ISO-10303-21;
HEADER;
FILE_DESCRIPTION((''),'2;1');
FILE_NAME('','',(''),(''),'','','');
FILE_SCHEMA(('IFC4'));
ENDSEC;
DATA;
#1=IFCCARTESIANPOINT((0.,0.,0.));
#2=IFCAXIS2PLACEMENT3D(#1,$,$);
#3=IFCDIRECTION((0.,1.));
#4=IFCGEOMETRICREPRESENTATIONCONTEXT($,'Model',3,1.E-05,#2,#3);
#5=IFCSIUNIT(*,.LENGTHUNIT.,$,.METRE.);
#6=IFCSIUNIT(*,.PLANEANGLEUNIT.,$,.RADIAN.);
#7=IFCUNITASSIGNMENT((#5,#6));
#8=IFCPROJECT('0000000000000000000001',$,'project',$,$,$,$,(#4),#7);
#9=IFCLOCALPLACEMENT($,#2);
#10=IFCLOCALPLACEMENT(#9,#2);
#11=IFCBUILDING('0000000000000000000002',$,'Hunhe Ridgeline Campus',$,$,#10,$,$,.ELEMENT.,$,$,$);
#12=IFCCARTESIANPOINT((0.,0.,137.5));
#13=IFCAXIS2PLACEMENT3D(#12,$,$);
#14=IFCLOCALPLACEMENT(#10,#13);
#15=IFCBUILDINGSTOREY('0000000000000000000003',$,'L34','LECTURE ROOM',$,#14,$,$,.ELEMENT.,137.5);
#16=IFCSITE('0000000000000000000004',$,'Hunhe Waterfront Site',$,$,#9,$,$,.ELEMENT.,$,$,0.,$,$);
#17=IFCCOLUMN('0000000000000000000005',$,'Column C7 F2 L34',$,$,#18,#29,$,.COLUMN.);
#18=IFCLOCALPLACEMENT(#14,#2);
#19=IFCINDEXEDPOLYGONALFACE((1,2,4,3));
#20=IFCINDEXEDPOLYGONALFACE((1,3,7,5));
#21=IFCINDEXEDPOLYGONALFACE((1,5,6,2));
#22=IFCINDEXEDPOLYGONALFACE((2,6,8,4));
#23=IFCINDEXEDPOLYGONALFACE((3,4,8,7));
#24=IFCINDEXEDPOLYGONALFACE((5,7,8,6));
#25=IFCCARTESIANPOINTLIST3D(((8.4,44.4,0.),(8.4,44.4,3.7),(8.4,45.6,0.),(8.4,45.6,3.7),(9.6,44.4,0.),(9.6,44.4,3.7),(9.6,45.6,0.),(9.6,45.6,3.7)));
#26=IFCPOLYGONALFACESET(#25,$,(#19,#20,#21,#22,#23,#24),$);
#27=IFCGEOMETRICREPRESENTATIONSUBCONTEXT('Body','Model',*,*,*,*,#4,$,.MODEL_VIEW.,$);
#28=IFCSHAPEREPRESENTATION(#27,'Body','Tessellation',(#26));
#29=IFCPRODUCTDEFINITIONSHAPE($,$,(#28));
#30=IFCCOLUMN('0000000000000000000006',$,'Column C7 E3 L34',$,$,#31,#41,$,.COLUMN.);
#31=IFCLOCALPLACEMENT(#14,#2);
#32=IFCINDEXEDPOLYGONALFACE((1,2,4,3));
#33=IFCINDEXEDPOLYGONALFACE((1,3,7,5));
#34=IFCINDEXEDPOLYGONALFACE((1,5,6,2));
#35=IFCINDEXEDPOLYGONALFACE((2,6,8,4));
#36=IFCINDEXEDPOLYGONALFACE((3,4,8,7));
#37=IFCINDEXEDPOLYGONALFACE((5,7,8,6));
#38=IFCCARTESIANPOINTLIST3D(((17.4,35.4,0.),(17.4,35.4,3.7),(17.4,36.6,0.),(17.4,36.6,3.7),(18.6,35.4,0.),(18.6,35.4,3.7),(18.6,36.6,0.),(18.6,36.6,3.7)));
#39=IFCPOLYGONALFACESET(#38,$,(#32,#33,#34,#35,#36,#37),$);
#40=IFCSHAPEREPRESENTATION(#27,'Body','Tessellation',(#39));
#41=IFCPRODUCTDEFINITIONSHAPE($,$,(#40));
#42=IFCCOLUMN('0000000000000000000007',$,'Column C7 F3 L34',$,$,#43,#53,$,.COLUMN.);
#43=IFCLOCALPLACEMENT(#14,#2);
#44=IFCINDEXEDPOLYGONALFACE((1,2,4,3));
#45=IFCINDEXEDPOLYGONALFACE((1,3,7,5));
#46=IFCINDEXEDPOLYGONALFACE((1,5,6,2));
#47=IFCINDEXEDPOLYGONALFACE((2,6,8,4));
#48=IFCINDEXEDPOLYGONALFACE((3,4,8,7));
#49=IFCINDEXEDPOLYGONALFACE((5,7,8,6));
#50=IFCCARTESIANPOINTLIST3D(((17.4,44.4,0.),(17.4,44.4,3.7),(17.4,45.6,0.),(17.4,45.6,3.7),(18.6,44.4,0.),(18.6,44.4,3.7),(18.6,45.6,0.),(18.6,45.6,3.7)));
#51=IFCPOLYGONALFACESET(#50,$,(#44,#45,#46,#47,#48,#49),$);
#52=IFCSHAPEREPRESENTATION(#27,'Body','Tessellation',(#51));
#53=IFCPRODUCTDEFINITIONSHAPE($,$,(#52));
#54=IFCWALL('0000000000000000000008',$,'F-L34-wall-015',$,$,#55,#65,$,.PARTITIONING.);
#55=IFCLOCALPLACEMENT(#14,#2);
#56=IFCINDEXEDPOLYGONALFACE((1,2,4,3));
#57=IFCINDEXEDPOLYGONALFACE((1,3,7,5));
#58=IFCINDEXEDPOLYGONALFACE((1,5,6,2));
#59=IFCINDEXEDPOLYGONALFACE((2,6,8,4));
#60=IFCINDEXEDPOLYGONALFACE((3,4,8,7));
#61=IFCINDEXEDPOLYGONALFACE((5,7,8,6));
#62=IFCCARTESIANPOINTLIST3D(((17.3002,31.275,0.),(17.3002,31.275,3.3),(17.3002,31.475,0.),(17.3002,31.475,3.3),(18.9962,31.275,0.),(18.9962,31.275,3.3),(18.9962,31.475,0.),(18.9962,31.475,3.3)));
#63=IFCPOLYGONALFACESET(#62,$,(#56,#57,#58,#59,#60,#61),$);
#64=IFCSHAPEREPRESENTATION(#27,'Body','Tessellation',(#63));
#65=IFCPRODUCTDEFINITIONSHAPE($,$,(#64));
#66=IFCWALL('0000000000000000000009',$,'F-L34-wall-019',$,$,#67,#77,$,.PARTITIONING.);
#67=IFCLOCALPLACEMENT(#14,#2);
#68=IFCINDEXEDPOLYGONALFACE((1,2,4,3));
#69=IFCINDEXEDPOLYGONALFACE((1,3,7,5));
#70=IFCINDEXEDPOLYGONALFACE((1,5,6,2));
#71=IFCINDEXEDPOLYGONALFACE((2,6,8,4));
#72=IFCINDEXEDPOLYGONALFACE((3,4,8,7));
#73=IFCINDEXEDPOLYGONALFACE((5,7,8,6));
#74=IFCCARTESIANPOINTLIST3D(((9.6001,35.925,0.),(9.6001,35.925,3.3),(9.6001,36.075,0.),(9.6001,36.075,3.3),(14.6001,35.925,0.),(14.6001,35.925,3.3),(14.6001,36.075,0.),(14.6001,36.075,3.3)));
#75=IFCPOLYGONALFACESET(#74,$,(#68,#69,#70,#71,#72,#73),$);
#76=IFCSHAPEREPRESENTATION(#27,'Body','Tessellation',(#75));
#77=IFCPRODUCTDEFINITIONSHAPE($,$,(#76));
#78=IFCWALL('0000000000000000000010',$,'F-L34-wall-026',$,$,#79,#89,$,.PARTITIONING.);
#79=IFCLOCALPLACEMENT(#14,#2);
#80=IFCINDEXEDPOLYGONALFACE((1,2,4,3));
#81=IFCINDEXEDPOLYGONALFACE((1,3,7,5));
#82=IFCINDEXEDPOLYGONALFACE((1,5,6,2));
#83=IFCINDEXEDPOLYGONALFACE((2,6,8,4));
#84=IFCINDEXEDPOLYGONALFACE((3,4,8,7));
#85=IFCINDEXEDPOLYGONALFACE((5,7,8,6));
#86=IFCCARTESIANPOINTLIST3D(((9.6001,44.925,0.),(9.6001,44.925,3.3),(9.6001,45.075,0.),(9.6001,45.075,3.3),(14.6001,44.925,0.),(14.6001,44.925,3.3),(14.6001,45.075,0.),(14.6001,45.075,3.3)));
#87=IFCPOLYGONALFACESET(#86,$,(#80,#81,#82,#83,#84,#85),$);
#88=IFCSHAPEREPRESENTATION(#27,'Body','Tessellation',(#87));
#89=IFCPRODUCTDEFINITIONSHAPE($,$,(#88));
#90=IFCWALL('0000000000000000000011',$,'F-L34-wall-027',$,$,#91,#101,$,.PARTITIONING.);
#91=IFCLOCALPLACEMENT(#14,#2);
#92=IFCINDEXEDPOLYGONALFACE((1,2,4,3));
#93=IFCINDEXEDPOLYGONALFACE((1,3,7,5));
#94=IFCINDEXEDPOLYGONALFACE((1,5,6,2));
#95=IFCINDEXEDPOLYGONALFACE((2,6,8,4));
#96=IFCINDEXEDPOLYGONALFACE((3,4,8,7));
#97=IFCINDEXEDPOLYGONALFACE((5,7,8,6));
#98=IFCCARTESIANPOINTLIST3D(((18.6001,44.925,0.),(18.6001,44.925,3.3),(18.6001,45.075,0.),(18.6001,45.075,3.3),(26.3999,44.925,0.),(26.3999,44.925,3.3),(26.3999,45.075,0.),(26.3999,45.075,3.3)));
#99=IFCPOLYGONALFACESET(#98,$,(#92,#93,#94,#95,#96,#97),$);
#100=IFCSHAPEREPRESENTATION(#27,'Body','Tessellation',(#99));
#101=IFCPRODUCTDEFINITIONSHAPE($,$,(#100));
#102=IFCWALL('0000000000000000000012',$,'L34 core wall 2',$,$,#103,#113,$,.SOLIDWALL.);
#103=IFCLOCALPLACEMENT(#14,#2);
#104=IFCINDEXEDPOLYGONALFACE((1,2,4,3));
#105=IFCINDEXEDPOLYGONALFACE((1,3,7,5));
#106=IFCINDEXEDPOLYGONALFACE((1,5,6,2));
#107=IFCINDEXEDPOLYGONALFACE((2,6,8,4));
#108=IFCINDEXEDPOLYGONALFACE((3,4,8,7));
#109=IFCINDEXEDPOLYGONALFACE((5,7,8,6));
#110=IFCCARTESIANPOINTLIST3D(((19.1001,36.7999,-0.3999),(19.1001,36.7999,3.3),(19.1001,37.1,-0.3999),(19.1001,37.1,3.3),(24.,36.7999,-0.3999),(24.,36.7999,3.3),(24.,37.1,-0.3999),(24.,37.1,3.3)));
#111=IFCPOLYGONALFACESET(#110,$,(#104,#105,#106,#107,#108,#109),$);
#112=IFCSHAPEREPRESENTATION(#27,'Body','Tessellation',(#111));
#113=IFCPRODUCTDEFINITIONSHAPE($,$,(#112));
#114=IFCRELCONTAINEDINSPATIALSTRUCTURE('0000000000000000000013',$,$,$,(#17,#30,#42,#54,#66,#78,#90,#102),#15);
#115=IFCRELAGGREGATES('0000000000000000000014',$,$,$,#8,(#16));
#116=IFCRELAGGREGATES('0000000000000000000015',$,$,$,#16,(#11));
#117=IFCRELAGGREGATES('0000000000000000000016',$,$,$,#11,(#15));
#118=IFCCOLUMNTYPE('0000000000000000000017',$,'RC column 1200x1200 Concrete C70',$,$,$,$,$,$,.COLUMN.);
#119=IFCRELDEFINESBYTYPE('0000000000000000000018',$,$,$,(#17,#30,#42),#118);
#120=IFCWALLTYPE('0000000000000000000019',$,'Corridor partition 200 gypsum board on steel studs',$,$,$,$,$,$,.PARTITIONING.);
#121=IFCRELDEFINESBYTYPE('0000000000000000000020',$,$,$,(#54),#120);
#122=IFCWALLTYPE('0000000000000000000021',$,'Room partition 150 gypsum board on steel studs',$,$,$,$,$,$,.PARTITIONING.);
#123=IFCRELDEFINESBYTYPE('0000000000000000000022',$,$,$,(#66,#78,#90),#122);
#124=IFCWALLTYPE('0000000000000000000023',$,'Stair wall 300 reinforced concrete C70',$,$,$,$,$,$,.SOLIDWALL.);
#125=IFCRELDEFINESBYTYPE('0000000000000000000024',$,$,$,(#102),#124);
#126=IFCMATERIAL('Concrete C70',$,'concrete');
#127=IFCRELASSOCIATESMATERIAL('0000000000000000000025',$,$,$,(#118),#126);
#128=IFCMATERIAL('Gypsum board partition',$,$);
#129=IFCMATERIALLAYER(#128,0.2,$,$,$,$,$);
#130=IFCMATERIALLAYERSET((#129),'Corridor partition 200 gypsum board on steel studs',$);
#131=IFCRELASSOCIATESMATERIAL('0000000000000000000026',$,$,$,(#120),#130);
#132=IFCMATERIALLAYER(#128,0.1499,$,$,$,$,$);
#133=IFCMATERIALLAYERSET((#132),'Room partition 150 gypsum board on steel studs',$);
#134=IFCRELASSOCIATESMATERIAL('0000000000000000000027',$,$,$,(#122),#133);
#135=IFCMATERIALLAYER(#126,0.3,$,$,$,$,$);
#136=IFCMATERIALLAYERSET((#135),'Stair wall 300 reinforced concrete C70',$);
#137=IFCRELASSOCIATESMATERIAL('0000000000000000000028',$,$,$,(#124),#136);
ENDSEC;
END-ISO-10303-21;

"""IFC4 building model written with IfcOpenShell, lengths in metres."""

from ifc_helpers import new_model, si_unit, direction, frame, frame_2d, origin, origin_2d, place, context, subcontext, project, spatial, rectangle, extrude, material, layer, layer_set, material_profile, profile_set, type_object, element, save


model = new_model("IFC4")

# Units and contexts
model_context = context("Model", 3, precision=1e-05, world=origin(), true_north=direction((0.0, 1.0)))
body_context = subcontext(model_context, "Body", "Model", "MODEL_VIEW")
ifc_project = project(units=[si_unit("LENGTHUNIT", "METRE"), si_unit("PLANEANGLEUNIT", "RADIAN")], contexts=[model_context])

# Site, building, storey
site_placement = place(None, origin())
site = spatial("IfcSite", under=ifc_project, at=site_placement, Name="Hunhe Waterfront Site", CompositionType="ELEMENT", RefElevation=0.0)
building_placement = place(site_placement, origin())
building = spatial("IfcBuilding", under=site, at=building_placement, Name="Hunhe Ridgeline Campus", CompositionType="ELEMENT")
storey_placement = place(building_placement, frame((0.0, 0.0, 137.5)))
storey = spatial("IfcBuildingStorey", under=building, at=storey_placement, Name="L34", Description="LECTURE ROOM", CompositionType="ELEMENT", Elevation=137.5)

# Columns
ifc_material_1 = material(Name="Concrete C70", Category="concrete")
ifc_material_profile = material_profile(ifc_material_1, rectangle(XDim=1.2, YDim=1.2, at=origin_2d()))
ifc_profile_set = profile_set([ifc_material_profile], Name="Concrete C70")
column_type = type_object("IfcColumnType", Name="RC column 1200x1200 Concrete C70", PredefinedType="COLUMN", material=ifc_profile_set)
for number, where, z_axis, x_axis, name in (
    (1, (9.0, 45.0, 0.0), (0.0, 0.0, 1.0), (1.0, 0.0, 0.0), "Column C7 F2 L34"),
    (2, (18.0, 36.0, 0.0), (0.0, 0.0, 1.0), (1.0, 0.0, 0.0), "Column C7 E3 L34"),
    (3, (18.0, 45.0, 0.0), (0.0, 0.0, 1.0), (1.0, 0.0, 0.0), "Column C7 F3 L34"),
):
    element("IfcColumn", number, at=place(storey_placement, frame(where, z_axis=z_axis, x_axis=x_axis)), inside=storey, type_object=column_type, Name=name, PredefinedType="COLUMN", context=body_context, shape_type="SweptSolid", body=[
        extrude(rectangle(XDim=1.2, YDim=1.2, at=origin_2d()), origin(), (0.0, 0.0, 1.0), 3.7),
    ])

# Wall
ifc_material_2 = material(Name="Gypsum board partition")
ifc_layer_1 = layer(ifc_material_2, 0.2)
ifc_layer_set_1 = layer_set([ifc_layer_1], Name="Corridor partition 200 gypsum board on steel studs")
wall_type_1 = type_object("IfcWallType", Name="Corridor partition 200 gypsum board on steel studs", PredefinedType="PARTITIONING", material=ifc_layer_set_1)
wall_1_placement = place(storey_placement, frame((17.3, 31.375, 0.0), z_axis=(0.0, 0.0, 1.0), x_axis=(1.0, 0.0, 0.0)))
element("IfcWall", 4, at=wall_1_placement, inside=storey, type_object=wall_type_1, Name="F-L34-wall-015", PredefinedType="PARTITIONING", context=body_context, shape_type="SweptSolid", body=[
    extrude(rectangle(XDim=1.696, YDim=0.2, at=frame_2d((0.8481, 0.0))), origin(), (0.0, 0.0, 1.0), 3.3),
])

# Walls
ifc_layer_2 = layer(ifc_material_2, 0.1499)
ifc_layer_set_2 = layer_set([ifc_layer_2], Name="Room partition 150 gypsum board on steel studs")
wall_type_2 = type_object("IfcWallType", Name="Room partition 150 gypsum board on steel studs", PredefinedType="PARTITIONING", material=ifc_layer_set_2)
for number, where, z_axis, x_axis, name in (
    (5, (9.6001, 36.0, 0.0), (0.0, 0.0, 1.0), (1.0, 0.0, 0.0), "F-L34-wall-019"),
    (6, (9.6001, 45.0, 0.0), (0.0, 0.0, 1.0), (1.0, 0.0, 0.0), "F-L34-wall-026"),
):
    element("IfcWall", number, at=place(storey_placement, frame(where, z_axis=z_axis, x_axis=x_axis)), inside=storey, type_object=wall_type_2, Name=name, PredefinedType="PARTITIONING", context=body_context, shape_type="SweptSolid", body=[
        extrude(rectangle(XDim=5.0, YDim=0.1499, at=frame_2d((2.5, 0.0))), origin(), (0.0, 0.0, 1.0), 3.3),
    ])
wall_2_placement = place(storey_placement, frame((18.6001, 45.0, 0.0), z_axis=(0.0, 0.0, 1.0), x_axis=(1.0, 0.0, 0.0)))
element("IfcWall", 7, at=wall_2_placement, inside=storey, type_object=wall_type_2, Name="F-L34-wall-027", PredefinedType="PARTITIONING", context=body_context, shape_type="SweptSolid", body=[
    extrude(rectangle(XDim=7.7998, YDim=0.1499, at=frame_2d((3.8999, 0.0))), origin(), (0.0, 0.0, 1.0), 3.3),
])
ifc_layer_3 = layer(ifc_material_1, 0.3)
ifc_layer_set_3 = layer_set([ifc_layer_3], Name="Stair wall 300 reinforced concrete C70")
wall_type_3 = type_object("IfcWallType", Name="Stair wall 300 reinforced concrete C70", PredefinedType="SOLIDWALL", material=ifc_layer_set_3)
wall_3_placement = place(storey_placement, frame((19.1001, 36.95, -0.3999), z_axis=(0.0, 0.0, 1.0), x_axis=(1.0, 0.0, 0.0)))
element("IfcWall", 8, at=wall_3_placement, inside=storey, type_object=wall_type_3, Name="L34 core wall 2", PredefinedType="SOLIDWALL", context=body_context, shape_type="SweptSolid", body=[
    extrude(rectangle(XDim=4.8999, YDim=0.3, at=frame_2d((2.45, 0.0))), origin(), (0.0, 0.0, 1.0), 3.7),
])

save(model, "model.ifc")
